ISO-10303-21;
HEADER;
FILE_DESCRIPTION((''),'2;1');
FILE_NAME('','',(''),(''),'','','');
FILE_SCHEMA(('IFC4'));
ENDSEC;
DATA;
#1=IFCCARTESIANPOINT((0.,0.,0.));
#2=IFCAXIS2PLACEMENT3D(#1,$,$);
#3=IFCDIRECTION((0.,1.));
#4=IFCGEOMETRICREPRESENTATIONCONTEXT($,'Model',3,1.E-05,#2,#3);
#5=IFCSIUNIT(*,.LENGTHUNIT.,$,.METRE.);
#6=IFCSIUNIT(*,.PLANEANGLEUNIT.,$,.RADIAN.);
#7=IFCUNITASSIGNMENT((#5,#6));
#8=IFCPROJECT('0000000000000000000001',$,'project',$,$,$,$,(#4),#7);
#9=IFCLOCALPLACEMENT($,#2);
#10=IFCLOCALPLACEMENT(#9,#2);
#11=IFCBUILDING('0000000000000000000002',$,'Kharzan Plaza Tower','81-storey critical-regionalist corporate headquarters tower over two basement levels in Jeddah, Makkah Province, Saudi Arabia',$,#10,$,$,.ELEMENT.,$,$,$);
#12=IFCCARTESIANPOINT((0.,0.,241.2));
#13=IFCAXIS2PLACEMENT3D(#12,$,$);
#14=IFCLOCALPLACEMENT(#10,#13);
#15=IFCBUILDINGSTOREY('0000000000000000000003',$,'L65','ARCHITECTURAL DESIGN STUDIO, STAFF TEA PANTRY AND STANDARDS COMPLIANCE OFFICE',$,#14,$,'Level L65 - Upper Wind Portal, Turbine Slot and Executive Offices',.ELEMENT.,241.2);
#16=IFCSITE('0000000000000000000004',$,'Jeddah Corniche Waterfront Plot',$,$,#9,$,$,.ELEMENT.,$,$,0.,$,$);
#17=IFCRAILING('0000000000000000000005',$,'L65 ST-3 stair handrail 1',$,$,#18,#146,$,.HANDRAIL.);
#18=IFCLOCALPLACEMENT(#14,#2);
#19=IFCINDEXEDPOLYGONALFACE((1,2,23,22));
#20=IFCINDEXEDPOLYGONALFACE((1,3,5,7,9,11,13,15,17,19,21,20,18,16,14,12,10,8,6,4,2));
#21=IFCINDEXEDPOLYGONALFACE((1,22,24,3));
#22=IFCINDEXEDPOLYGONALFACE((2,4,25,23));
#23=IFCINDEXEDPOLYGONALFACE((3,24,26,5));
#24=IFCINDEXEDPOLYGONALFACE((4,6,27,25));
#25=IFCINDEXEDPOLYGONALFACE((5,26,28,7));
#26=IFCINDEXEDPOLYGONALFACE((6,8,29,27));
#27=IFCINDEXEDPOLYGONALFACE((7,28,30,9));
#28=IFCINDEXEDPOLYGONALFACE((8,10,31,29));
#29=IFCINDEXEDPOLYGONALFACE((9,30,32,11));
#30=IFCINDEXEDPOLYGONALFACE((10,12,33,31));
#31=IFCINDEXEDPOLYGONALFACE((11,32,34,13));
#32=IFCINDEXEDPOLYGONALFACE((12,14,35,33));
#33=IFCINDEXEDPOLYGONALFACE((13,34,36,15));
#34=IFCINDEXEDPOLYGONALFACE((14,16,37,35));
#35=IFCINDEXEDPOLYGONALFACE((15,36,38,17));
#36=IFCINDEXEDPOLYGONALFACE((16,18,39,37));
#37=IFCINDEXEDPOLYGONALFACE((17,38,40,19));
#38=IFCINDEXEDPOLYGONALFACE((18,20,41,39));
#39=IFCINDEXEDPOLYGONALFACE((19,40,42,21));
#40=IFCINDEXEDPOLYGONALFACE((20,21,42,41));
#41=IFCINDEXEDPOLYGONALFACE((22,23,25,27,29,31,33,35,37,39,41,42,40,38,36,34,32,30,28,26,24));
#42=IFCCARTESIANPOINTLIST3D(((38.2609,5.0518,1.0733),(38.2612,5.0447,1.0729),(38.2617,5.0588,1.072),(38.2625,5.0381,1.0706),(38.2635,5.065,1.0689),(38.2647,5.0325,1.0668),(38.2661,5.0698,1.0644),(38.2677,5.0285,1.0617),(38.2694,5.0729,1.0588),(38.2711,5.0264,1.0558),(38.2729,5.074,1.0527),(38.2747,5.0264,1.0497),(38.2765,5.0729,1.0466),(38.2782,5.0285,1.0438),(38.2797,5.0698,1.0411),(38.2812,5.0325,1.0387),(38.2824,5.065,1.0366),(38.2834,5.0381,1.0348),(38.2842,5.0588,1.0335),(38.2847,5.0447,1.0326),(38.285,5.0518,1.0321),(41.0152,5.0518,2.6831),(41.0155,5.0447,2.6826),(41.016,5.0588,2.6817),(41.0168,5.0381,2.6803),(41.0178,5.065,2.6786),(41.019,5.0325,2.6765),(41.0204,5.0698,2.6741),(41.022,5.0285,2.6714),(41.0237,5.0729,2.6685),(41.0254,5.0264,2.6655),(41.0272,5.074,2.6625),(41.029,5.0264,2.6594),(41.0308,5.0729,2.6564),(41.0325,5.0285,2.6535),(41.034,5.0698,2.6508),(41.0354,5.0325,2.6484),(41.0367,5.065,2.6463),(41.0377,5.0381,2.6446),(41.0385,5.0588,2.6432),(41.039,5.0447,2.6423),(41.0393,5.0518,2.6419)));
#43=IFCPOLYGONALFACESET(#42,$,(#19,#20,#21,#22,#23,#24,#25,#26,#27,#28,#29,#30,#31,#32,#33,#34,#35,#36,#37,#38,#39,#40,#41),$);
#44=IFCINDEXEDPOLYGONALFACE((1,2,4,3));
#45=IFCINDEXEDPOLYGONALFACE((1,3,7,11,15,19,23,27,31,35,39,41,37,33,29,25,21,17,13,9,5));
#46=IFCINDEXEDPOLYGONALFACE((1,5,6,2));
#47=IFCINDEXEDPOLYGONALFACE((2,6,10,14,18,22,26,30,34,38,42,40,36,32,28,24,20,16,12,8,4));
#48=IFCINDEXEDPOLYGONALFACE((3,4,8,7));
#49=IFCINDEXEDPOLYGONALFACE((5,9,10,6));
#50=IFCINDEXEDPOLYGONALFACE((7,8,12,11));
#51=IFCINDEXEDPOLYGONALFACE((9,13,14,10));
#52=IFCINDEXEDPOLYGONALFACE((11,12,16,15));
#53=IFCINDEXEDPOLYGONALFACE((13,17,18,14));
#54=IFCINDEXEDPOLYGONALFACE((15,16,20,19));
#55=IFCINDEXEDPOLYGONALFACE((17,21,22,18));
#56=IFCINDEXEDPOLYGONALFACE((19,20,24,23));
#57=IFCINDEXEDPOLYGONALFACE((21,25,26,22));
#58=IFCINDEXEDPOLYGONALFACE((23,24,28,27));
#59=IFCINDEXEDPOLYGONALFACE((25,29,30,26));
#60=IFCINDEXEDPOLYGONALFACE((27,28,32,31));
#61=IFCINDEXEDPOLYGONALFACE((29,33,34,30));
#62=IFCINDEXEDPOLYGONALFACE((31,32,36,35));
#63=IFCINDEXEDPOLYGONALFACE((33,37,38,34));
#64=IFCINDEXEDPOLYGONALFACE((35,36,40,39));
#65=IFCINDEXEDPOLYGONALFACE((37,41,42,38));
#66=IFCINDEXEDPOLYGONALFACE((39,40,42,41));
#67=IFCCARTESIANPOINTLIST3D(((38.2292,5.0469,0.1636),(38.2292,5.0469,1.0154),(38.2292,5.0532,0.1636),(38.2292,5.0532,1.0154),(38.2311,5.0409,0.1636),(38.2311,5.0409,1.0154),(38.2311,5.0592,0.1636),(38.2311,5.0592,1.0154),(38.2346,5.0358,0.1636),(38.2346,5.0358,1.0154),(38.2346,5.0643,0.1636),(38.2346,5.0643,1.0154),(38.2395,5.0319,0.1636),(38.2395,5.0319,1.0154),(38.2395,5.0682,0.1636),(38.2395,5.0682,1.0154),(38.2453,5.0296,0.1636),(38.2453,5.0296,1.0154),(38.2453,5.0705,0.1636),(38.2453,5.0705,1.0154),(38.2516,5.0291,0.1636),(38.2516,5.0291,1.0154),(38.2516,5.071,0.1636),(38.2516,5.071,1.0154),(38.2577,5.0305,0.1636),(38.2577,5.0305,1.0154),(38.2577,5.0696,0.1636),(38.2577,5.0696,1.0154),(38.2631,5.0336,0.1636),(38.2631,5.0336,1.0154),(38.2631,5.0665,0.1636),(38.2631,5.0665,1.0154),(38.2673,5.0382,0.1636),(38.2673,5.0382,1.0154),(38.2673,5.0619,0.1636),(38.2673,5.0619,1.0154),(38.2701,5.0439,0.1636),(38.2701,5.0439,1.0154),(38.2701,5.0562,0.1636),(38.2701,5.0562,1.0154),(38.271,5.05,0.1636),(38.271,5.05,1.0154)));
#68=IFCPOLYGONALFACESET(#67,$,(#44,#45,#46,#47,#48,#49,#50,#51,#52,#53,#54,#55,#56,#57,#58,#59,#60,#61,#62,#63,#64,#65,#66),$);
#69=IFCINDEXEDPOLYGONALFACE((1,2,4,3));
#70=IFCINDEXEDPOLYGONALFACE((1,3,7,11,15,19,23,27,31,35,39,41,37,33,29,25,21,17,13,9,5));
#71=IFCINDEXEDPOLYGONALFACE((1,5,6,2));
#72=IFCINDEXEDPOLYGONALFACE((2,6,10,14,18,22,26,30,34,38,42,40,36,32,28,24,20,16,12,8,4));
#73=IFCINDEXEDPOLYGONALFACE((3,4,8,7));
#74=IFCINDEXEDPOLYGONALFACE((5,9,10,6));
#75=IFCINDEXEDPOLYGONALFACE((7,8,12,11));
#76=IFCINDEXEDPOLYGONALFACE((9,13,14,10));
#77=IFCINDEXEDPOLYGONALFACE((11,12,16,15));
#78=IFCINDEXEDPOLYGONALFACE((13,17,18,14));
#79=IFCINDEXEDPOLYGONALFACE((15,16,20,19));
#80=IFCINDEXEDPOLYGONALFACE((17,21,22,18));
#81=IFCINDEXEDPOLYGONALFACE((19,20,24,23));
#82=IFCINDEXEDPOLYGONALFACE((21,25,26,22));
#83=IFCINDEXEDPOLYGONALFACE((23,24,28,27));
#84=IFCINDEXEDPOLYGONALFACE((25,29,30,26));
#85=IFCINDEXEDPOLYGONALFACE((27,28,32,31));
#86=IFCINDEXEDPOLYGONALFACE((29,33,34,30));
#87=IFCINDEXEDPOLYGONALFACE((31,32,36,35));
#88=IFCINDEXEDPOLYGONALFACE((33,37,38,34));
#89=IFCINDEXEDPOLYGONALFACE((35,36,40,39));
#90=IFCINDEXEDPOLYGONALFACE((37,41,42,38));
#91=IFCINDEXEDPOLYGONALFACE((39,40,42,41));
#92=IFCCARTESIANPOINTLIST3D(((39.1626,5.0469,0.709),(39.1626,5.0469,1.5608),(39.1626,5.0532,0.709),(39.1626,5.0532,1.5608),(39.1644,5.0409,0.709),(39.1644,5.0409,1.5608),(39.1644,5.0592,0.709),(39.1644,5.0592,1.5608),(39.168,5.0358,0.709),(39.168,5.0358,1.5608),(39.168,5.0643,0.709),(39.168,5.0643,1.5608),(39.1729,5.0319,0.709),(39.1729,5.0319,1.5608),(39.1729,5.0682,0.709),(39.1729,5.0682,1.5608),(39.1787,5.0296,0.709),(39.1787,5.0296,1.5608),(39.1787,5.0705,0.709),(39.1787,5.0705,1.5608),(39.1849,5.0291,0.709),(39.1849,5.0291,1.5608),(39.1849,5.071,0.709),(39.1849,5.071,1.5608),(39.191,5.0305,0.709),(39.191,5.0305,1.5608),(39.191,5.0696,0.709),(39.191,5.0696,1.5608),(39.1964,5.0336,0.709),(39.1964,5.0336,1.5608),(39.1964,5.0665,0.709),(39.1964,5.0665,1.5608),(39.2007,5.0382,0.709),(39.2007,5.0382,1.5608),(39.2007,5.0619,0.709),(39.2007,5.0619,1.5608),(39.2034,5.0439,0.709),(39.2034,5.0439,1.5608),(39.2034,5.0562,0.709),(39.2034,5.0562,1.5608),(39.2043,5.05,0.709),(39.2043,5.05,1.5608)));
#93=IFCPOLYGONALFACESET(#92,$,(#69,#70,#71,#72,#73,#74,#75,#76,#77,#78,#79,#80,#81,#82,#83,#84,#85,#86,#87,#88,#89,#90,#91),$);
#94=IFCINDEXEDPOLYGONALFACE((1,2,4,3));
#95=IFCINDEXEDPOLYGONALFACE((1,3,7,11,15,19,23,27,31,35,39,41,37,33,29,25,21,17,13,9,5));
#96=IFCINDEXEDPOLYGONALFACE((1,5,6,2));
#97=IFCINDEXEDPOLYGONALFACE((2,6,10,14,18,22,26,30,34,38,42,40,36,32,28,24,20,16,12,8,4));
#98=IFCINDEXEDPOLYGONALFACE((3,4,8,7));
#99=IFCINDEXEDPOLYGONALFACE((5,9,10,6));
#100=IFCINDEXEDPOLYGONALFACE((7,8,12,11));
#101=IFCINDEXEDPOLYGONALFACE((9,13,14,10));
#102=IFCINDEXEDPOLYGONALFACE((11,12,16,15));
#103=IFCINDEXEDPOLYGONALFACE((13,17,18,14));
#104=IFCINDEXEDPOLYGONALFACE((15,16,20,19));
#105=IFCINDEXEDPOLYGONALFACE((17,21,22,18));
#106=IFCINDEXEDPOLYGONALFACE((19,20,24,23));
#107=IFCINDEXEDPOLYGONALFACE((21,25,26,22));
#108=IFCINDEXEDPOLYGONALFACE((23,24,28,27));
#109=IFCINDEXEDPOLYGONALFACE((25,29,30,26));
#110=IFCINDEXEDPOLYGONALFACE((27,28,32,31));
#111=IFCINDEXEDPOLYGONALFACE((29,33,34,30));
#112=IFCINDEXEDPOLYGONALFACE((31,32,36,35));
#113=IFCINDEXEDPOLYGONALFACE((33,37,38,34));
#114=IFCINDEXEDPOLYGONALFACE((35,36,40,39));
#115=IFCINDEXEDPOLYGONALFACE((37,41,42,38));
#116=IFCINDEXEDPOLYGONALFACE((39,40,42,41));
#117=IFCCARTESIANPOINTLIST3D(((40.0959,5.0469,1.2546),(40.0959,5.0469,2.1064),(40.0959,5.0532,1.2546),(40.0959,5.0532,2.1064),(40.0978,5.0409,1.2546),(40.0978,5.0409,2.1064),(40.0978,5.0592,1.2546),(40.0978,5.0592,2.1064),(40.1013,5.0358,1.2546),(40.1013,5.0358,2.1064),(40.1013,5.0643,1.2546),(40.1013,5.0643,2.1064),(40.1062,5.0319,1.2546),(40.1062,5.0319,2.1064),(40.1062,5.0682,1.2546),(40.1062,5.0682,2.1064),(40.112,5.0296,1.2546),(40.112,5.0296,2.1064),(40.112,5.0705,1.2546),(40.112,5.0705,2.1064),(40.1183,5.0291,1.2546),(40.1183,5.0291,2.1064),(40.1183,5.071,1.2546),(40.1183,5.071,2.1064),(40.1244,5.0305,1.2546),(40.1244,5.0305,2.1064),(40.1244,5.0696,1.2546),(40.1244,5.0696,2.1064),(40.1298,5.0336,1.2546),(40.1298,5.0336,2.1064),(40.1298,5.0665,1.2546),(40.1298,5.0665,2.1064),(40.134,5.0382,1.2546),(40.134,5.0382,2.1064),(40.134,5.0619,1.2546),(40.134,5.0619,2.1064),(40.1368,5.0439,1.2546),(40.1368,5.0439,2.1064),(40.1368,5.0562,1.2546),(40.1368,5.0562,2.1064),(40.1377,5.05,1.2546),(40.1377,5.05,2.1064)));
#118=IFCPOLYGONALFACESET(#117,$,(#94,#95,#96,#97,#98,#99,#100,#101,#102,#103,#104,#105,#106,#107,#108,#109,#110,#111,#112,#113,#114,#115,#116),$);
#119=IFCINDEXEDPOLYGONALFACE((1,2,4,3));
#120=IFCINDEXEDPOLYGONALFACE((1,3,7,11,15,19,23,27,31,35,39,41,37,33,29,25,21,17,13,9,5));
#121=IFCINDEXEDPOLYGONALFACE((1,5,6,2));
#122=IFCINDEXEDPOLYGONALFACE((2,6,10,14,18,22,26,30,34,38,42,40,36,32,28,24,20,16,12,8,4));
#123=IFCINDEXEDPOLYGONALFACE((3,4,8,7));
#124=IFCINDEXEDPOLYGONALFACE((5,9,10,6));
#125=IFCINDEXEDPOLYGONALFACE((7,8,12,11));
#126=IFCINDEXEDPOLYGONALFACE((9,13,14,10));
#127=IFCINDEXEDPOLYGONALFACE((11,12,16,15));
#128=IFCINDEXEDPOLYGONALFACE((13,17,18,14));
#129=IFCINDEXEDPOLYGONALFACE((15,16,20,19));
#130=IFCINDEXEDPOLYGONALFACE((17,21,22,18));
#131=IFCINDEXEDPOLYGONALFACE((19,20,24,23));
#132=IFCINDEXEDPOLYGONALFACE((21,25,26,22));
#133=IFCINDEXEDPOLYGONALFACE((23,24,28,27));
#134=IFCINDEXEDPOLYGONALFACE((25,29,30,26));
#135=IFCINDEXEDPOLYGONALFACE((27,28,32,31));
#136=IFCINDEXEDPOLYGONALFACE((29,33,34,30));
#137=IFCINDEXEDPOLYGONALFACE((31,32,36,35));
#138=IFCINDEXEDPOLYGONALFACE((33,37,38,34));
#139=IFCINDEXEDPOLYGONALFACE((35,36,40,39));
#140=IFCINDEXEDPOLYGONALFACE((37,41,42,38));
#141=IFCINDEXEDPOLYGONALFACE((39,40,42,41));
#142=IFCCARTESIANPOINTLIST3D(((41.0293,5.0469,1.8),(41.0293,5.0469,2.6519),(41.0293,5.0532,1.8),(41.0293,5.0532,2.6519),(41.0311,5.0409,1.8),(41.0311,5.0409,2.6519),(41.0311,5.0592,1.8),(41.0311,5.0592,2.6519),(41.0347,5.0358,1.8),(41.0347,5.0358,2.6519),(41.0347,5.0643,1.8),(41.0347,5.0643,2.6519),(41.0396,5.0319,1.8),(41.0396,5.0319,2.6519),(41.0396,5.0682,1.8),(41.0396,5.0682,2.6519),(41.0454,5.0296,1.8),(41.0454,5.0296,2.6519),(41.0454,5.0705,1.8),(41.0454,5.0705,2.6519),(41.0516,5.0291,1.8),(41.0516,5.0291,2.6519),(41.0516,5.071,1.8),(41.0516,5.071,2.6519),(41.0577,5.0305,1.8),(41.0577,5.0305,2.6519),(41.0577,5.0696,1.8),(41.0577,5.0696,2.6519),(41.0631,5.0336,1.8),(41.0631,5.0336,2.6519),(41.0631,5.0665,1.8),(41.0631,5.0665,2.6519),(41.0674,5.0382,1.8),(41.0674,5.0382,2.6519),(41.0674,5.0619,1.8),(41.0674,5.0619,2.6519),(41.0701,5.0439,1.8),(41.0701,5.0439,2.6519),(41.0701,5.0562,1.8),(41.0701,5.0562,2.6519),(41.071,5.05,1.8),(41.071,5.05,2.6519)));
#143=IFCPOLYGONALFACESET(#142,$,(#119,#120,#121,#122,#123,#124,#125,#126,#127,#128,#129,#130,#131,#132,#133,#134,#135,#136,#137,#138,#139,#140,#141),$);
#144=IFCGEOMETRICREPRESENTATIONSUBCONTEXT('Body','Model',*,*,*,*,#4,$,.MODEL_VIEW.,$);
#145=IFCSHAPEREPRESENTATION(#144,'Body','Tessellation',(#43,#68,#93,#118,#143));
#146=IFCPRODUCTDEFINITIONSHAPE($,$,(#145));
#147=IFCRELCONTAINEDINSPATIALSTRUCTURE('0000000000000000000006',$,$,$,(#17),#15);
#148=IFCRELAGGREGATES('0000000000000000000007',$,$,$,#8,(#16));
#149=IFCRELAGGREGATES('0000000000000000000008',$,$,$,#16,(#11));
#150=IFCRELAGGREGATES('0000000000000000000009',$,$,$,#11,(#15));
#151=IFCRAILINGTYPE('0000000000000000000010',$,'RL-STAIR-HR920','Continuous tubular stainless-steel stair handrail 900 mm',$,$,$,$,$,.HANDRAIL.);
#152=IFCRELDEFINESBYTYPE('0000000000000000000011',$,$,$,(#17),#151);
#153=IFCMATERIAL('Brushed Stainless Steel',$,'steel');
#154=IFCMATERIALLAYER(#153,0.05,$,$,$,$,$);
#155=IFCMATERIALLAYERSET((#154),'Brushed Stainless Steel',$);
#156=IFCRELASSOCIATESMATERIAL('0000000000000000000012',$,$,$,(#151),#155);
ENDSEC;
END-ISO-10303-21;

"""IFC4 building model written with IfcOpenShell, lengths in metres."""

from ifc_helpers import new_model, si_unit, direction, frame, origin, origin_2d, place, context, subcontext, project, spatial, circle, extrude, source, transform, mapped, material, layer, layer_set, type_object, element, save


model = new_model("IFC4")

# Units and contexts
model_context = context("Model", 3, precision=1e-05, world=origin(), true_north=direction((0.0, 1.0)))
body_context = subcontext(model_context, "Body", "Model", "MODEL_VIEW")
ifc_project = project(units=[si_unit("LENGTHUNIT", "METRE"), si_unit("PLANEANGLEUNIT", "RADIAN")], contexts=[model_context])

# Site, building, storey
site_placement = place(None, origin())
site = spatial("IfcSite", under=ifc_project, at=site_placement, Name="Jeddah Corniche Waterfront Plot", CompositionType="ELEMENT", RefElevation=0.0)
building_placement = place(site_placement, origin())
building = spatial("IfcBuilding", under=site, at=building_placement, Name="Kharzan Plaza Tower", Description="81-storey critical-regionalist corporate headquarters tower over two basement levels in Jeddah, Makkah Province, Saudi Arabia", CompositionType="ELEMENT")
storey_placement = place(building_placement, frame((0.0, 0.0, 241.2)))
storey = spatial("IfcBuildingStorey", under=building, at=storey_placement, Name="L65", Description="ARCHITECTURAL DESIGN STUDIO, STAFF TEA PANTRY AND STANDARDS COMPLIANCE OFFICE", LongName="Level L65 - Upper Wind Portal, Turbine Slot and Executive Offices", CompositionType="ELEMENT", Elevation=241.2)

# Shared definitions
ifc_material_1 = material(Name="Brushed Stainless Steel", Category="steel")

# Railing
ifc_layer_1 = layer(ifc_material_1, 0.05)
ifc_layer_set_1 = layer_set([ifc_layer_1], Name="Brushed Stainless Steel")
railing_type_1 = type_object("IfcRailingType", Name="RL-STAIR-HR920", Description="Continuous tubular stainless-steel stair handrail 900 mm", PredefinedType="HANDRAIL", material=ifc_layer_set_1)
shared_shape_1 = source(origin(), body_context, "Body", "SweptSolid", [
    extrude(circle(Radius=0.0239, at=origin_2d()), frame((0.0229, 0.0, 0.8892), z_axis=(0.863361, 0.0, 0.504587), x_axis=(0.0, 1.0, 0.0)), (0.0, 0.0, 1.0), 3.1902),
    extrude(circle(Radius=0.021, at=origin_2d()), origin(), (0.0, 0.0, 1.0), 0.8518),
    extrude(circle(Radius=0.021, at=origin_2d()), frame((0.9333, 0.0, 0.5454)), (0.0, 0.0, 1.0), 0.8518),
    extrude(circle(Radius=0.021, at=origin_2d()), frame((1.8667, 0.0, 1.0911)), (0.0, 0.0, 1.0), 0.8518),
    extrude(circle(Radius=0.021, at=origin_2d()), frame((2.8, 0.0, 1.6365)), (0.0, 0.0, 1.0), 0.8518),
])
railing_1_placement = place(storey_placement, frame((38.25, 5.05, 0.1636)))
element("IfcRailing", 1, at=railing_1_placement, inside=storey, type_object=railing_type_1, Name="L65 ST-3 stair handrail 1", PredefinedType="HANDRAIL", context=body_context, shape_type="MappedRepresentation", body=[
    mapped(shared_shape_1, transform((0.0, 0.0, 0.0), x_axis=(1.0, 0.0, 0.0), y_axis=(0.0, 1.0, 0.0), z_axis=(0.0, 0.0, 1.0))),
])

save(model, "model.ifc")
